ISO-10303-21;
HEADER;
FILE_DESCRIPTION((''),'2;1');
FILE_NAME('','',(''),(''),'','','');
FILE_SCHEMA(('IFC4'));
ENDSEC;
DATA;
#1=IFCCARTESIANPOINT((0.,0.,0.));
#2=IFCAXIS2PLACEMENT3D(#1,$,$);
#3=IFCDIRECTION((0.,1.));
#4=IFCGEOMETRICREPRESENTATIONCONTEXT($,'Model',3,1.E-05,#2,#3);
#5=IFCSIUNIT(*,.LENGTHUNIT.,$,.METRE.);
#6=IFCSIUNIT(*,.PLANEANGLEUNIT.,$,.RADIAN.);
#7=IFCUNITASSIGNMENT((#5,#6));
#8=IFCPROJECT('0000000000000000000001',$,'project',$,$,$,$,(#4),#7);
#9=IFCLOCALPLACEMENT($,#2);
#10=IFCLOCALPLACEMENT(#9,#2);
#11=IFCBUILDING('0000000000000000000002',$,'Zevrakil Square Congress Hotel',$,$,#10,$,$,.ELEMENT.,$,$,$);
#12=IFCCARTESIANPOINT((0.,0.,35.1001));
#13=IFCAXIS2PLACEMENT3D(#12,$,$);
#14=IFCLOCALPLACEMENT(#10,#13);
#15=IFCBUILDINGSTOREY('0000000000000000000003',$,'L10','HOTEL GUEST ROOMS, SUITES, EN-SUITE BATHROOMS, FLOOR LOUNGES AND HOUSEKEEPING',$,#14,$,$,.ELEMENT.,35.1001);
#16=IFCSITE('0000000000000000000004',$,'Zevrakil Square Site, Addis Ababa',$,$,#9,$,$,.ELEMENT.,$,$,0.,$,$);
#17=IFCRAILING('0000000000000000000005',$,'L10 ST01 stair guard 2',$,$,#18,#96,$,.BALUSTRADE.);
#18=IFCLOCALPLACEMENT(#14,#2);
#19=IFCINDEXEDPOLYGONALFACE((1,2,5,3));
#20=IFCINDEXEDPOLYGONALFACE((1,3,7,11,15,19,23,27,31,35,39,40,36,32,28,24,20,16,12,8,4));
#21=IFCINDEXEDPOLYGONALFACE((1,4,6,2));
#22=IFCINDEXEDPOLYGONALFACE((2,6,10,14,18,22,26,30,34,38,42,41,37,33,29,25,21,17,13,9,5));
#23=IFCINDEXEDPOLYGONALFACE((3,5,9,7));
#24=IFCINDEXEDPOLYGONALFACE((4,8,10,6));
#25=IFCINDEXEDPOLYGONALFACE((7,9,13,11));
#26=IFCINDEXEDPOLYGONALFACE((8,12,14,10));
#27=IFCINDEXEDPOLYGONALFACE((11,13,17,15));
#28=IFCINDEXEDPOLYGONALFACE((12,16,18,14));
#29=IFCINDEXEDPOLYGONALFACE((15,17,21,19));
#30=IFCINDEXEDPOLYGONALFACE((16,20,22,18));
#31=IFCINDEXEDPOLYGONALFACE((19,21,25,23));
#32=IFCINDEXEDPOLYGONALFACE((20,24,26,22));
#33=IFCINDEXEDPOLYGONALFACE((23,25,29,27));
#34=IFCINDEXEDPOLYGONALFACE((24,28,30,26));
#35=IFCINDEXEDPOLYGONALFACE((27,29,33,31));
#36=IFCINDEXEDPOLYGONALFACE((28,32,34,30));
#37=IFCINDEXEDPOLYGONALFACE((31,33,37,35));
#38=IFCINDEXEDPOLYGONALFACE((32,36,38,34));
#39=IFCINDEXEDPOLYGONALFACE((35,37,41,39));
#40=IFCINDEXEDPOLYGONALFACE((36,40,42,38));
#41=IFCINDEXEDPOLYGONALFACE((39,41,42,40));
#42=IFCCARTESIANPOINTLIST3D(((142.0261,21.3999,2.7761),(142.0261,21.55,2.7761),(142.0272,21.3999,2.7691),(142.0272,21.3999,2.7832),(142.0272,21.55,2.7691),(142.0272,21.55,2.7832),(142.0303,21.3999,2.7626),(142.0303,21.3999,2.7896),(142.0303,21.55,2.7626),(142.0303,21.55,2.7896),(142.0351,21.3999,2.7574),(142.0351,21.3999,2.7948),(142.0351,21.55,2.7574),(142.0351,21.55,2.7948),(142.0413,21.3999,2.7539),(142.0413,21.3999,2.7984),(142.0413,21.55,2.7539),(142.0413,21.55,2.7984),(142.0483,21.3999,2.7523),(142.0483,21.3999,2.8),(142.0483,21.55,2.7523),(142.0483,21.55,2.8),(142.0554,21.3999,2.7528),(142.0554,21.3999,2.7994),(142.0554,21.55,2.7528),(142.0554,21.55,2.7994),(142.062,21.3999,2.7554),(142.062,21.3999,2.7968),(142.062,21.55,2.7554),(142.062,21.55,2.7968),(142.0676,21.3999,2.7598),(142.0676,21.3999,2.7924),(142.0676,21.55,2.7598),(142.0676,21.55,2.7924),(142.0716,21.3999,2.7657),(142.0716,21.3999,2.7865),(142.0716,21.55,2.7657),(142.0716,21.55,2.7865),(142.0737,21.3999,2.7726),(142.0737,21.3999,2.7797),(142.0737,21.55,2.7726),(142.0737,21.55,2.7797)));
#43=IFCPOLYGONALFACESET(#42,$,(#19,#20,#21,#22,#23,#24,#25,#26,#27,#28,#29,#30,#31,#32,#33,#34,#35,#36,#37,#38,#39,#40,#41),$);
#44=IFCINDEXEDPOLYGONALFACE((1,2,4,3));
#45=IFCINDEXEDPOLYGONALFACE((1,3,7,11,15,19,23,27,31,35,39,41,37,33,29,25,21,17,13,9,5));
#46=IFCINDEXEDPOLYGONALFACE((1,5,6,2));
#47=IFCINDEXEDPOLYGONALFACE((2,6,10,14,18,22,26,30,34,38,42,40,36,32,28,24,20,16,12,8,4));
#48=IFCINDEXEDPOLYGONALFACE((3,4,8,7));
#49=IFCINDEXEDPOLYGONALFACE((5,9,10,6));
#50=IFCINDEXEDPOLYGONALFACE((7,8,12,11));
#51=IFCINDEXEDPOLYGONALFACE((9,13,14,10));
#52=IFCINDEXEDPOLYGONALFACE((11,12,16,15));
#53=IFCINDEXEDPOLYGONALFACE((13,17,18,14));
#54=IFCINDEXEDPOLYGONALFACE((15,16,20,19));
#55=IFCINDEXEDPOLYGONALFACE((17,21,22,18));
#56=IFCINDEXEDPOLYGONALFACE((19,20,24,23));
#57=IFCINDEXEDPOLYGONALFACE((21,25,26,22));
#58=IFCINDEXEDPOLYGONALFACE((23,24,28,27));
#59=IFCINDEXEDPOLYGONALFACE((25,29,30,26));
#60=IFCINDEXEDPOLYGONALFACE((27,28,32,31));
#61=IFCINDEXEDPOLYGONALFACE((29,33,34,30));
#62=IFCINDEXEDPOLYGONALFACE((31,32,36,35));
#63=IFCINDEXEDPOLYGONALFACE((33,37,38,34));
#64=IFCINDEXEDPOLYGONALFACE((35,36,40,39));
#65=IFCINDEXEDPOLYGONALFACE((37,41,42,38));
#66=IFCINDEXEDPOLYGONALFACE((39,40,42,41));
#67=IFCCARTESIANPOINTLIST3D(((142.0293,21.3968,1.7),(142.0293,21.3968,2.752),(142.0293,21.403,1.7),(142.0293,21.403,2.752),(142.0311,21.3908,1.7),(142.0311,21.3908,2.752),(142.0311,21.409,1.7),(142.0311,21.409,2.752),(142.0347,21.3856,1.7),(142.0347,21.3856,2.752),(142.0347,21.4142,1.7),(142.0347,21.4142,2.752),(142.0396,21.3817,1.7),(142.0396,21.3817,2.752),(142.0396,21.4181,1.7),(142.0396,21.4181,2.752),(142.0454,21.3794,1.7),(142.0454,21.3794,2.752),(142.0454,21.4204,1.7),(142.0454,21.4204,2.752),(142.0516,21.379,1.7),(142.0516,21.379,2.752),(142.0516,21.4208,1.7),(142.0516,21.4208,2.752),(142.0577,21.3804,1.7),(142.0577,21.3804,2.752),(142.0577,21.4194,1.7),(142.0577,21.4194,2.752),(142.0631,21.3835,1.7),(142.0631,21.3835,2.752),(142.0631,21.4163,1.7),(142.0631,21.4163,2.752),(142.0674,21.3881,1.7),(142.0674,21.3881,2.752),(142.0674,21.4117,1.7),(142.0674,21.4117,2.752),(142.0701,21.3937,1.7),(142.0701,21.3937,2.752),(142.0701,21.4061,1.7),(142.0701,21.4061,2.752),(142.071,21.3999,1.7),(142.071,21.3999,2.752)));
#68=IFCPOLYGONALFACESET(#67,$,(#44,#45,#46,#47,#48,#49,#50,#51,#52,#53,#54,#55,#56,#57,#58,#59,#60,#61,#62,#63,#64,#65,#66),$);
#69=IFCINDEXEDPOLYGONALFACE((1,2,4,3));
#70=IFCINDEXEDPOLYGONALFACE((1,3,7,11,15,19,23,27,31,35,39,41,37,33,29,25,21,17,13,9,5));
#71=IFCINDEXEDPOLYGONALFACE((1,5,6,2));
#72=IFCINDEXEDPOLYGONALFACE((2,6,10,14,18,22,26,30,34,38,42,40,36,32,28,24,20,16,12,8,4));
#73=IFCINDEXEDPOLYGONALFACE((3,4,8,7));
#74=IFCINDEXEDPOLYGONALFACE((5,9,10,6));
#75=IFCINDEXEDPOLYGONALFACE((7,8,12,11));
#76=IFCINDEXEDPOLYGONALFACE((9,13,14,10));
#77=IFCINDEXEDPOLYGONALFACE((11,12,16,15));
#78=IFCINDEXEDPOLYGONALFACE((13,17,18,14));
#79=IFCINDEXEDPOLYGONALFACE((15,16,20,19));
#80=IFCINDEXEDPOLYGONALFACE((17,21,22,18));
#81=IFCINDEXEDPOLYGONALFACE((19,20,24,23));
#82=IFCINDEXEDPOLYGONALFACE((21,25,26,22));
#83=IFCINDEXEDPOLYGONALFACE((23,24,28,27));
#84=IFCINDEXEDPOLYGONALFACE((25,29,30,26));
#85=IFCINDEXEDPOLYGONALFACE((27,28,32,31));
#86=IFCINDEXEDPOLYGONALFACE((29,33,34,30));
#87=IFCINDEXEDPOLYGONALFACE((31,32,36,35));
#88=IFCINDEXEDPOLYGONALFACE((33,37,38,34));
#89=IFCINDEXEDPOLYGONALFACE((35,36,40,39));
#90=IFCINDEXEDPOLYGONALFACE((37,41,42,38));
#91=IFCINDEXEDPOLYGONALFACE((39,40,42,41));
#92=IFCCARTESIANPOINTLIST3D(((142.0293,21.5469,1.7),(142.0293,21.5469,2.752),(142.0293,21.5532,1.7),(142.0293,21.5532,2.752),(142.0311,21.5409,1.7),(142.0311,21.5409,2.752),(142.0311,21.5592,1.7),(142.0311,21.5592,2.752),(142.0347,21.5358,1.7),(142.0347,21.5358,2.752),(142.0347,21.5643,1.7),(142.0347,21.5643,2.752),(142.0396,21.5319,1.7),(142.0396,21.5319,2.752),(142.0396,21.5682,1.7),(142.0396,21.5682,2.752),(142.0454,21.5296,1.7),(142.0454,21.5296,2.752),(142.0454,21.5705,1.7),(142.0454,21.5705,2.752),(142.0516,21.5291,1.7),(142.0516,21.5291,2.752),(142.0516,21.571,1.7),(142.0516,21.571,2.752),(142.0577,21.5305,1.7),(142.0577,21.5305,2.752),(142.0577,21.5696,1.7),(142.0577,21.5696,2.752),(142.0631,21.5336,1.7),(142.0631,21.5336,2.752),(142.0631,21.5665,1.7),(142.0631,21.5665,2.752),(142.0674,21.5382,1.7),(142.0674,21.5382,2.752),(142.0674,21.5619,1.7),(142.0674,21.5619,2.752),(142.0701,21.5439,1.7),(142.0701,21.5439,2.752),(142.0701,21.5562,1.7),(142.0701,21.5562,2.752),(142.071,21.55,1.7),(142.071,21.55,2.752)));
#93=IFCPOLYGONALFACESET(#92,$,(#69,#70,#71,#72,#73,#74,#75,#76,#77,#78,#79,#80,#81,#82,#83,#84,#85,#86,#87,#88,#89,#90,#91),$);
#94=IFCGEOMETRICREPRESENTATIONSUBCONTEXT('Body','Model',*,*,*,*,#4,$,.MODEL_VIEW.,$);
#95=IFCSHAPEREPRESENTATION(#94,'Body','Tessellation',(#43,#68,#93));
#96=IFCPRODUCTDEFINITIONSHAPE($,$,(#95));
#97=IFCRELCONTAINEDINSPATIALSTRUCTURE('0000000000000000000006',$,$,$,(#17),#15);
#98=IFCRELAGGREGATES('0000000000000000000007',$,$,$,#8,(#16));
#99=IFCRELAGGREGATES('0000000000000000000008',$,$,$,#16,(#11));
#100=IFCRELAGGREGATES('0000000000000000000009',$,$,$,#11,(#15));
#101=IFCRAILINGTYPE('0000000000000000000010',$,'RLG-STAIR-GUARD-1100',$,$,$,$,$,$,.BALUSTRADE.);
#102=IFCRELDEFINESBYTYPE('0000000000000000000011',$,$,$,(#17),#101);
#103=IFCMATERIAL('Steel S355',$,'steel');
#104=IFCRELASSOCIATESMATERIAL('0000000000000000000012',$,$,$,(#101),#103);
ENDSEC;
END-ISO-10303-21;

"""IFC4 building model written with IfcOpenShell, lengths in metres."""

from ifc_helpers import new_model, si_unit, direction, frame, origin, origin_2d, place, context, subcontext, project, spatial, circle, extrude, material, type_object, element, save


model = new_model("IFC4")

# Units and contexts
model_context = context("Model", 3, precision=1e-05, world=origin(), true_north=direction((0.0, 1.0)))
body_context = subcontext(model_context, "Body", "Model", "MODEL_VIEW")
ifc_project = project(units=[si_unit("LENGTHUNIT", "METRE"), si_unit("PLANEANGLEUNIT", "RADIAN")], contexts=[model_context])

# Site, building, storey
site_placement = place(None, origin())
site = spatial("IfcSite", under=ifc_project, at=site_placement, Name="Zevrakil Square Site, Addis Ababa", CompositionType="ELEMENT", RefElevation=0.0)
building_placement = place(site_placement, origin())
building = spatial("IfcBuilding", under=site, at=building_placement, Name="Zevrakil Square Congress Hotel", CompositionType="ELEMENT")
storey_placement = place(building_placement, frame((0.0, 0.0, 35.1001)))
storey = spatial("IfcBuildingStorey", under=building, at=storey_placement, Name="L10", Description="HOTEL GUEST ROOMS, SUITES, EN-SUITE BATHROOMS, FLOOR LOUNGES AND HOUSEKEEPING", CompositionType="ELEMENT", Elevation=35.1001)

# Railing
ifc_material_1 = material(Name="Steel S355", Category="steel")
railing_type_1 = type_object("IfcRailingType", Name="RLG-STAIR-GUARD-1100", PredefinedType="BALUSTRADE", material=ifc_material_1)
railing_1_placement = place(storey_placement, frame((142.05, 21.3999, 1.7)))
element("IfcRailing", 1, at=railing_1_placement, inside=storey, type_object=railing_type_1, Name="L10 ST01 stair guard 2", PredefinedType="BALUSTRADE", context=body_context, shape_type="SweptSolid", body=[
    extrude(circle(Radius=0.0239, at=origin_2d()), frame((0.0, 0.0, 1.0762), z_axis=(0.0, 1.0, 0.0), x_axis=(-1.0, 0.0, 0.0)), (0.0, 0.0, 1.0), 0.1501),
    extrude(circle(Radius=0.021, at=origin_2d()), origin(), (0.0, 0.0, 1.0), 1.052),
    extrude(circle(Radius=0.021, at=origin_2d()), frame((0.0, 0.1501, 0.0)), (0.0, 0.0, 1.0), 1.052),
])

save(model, "model.ifc")
